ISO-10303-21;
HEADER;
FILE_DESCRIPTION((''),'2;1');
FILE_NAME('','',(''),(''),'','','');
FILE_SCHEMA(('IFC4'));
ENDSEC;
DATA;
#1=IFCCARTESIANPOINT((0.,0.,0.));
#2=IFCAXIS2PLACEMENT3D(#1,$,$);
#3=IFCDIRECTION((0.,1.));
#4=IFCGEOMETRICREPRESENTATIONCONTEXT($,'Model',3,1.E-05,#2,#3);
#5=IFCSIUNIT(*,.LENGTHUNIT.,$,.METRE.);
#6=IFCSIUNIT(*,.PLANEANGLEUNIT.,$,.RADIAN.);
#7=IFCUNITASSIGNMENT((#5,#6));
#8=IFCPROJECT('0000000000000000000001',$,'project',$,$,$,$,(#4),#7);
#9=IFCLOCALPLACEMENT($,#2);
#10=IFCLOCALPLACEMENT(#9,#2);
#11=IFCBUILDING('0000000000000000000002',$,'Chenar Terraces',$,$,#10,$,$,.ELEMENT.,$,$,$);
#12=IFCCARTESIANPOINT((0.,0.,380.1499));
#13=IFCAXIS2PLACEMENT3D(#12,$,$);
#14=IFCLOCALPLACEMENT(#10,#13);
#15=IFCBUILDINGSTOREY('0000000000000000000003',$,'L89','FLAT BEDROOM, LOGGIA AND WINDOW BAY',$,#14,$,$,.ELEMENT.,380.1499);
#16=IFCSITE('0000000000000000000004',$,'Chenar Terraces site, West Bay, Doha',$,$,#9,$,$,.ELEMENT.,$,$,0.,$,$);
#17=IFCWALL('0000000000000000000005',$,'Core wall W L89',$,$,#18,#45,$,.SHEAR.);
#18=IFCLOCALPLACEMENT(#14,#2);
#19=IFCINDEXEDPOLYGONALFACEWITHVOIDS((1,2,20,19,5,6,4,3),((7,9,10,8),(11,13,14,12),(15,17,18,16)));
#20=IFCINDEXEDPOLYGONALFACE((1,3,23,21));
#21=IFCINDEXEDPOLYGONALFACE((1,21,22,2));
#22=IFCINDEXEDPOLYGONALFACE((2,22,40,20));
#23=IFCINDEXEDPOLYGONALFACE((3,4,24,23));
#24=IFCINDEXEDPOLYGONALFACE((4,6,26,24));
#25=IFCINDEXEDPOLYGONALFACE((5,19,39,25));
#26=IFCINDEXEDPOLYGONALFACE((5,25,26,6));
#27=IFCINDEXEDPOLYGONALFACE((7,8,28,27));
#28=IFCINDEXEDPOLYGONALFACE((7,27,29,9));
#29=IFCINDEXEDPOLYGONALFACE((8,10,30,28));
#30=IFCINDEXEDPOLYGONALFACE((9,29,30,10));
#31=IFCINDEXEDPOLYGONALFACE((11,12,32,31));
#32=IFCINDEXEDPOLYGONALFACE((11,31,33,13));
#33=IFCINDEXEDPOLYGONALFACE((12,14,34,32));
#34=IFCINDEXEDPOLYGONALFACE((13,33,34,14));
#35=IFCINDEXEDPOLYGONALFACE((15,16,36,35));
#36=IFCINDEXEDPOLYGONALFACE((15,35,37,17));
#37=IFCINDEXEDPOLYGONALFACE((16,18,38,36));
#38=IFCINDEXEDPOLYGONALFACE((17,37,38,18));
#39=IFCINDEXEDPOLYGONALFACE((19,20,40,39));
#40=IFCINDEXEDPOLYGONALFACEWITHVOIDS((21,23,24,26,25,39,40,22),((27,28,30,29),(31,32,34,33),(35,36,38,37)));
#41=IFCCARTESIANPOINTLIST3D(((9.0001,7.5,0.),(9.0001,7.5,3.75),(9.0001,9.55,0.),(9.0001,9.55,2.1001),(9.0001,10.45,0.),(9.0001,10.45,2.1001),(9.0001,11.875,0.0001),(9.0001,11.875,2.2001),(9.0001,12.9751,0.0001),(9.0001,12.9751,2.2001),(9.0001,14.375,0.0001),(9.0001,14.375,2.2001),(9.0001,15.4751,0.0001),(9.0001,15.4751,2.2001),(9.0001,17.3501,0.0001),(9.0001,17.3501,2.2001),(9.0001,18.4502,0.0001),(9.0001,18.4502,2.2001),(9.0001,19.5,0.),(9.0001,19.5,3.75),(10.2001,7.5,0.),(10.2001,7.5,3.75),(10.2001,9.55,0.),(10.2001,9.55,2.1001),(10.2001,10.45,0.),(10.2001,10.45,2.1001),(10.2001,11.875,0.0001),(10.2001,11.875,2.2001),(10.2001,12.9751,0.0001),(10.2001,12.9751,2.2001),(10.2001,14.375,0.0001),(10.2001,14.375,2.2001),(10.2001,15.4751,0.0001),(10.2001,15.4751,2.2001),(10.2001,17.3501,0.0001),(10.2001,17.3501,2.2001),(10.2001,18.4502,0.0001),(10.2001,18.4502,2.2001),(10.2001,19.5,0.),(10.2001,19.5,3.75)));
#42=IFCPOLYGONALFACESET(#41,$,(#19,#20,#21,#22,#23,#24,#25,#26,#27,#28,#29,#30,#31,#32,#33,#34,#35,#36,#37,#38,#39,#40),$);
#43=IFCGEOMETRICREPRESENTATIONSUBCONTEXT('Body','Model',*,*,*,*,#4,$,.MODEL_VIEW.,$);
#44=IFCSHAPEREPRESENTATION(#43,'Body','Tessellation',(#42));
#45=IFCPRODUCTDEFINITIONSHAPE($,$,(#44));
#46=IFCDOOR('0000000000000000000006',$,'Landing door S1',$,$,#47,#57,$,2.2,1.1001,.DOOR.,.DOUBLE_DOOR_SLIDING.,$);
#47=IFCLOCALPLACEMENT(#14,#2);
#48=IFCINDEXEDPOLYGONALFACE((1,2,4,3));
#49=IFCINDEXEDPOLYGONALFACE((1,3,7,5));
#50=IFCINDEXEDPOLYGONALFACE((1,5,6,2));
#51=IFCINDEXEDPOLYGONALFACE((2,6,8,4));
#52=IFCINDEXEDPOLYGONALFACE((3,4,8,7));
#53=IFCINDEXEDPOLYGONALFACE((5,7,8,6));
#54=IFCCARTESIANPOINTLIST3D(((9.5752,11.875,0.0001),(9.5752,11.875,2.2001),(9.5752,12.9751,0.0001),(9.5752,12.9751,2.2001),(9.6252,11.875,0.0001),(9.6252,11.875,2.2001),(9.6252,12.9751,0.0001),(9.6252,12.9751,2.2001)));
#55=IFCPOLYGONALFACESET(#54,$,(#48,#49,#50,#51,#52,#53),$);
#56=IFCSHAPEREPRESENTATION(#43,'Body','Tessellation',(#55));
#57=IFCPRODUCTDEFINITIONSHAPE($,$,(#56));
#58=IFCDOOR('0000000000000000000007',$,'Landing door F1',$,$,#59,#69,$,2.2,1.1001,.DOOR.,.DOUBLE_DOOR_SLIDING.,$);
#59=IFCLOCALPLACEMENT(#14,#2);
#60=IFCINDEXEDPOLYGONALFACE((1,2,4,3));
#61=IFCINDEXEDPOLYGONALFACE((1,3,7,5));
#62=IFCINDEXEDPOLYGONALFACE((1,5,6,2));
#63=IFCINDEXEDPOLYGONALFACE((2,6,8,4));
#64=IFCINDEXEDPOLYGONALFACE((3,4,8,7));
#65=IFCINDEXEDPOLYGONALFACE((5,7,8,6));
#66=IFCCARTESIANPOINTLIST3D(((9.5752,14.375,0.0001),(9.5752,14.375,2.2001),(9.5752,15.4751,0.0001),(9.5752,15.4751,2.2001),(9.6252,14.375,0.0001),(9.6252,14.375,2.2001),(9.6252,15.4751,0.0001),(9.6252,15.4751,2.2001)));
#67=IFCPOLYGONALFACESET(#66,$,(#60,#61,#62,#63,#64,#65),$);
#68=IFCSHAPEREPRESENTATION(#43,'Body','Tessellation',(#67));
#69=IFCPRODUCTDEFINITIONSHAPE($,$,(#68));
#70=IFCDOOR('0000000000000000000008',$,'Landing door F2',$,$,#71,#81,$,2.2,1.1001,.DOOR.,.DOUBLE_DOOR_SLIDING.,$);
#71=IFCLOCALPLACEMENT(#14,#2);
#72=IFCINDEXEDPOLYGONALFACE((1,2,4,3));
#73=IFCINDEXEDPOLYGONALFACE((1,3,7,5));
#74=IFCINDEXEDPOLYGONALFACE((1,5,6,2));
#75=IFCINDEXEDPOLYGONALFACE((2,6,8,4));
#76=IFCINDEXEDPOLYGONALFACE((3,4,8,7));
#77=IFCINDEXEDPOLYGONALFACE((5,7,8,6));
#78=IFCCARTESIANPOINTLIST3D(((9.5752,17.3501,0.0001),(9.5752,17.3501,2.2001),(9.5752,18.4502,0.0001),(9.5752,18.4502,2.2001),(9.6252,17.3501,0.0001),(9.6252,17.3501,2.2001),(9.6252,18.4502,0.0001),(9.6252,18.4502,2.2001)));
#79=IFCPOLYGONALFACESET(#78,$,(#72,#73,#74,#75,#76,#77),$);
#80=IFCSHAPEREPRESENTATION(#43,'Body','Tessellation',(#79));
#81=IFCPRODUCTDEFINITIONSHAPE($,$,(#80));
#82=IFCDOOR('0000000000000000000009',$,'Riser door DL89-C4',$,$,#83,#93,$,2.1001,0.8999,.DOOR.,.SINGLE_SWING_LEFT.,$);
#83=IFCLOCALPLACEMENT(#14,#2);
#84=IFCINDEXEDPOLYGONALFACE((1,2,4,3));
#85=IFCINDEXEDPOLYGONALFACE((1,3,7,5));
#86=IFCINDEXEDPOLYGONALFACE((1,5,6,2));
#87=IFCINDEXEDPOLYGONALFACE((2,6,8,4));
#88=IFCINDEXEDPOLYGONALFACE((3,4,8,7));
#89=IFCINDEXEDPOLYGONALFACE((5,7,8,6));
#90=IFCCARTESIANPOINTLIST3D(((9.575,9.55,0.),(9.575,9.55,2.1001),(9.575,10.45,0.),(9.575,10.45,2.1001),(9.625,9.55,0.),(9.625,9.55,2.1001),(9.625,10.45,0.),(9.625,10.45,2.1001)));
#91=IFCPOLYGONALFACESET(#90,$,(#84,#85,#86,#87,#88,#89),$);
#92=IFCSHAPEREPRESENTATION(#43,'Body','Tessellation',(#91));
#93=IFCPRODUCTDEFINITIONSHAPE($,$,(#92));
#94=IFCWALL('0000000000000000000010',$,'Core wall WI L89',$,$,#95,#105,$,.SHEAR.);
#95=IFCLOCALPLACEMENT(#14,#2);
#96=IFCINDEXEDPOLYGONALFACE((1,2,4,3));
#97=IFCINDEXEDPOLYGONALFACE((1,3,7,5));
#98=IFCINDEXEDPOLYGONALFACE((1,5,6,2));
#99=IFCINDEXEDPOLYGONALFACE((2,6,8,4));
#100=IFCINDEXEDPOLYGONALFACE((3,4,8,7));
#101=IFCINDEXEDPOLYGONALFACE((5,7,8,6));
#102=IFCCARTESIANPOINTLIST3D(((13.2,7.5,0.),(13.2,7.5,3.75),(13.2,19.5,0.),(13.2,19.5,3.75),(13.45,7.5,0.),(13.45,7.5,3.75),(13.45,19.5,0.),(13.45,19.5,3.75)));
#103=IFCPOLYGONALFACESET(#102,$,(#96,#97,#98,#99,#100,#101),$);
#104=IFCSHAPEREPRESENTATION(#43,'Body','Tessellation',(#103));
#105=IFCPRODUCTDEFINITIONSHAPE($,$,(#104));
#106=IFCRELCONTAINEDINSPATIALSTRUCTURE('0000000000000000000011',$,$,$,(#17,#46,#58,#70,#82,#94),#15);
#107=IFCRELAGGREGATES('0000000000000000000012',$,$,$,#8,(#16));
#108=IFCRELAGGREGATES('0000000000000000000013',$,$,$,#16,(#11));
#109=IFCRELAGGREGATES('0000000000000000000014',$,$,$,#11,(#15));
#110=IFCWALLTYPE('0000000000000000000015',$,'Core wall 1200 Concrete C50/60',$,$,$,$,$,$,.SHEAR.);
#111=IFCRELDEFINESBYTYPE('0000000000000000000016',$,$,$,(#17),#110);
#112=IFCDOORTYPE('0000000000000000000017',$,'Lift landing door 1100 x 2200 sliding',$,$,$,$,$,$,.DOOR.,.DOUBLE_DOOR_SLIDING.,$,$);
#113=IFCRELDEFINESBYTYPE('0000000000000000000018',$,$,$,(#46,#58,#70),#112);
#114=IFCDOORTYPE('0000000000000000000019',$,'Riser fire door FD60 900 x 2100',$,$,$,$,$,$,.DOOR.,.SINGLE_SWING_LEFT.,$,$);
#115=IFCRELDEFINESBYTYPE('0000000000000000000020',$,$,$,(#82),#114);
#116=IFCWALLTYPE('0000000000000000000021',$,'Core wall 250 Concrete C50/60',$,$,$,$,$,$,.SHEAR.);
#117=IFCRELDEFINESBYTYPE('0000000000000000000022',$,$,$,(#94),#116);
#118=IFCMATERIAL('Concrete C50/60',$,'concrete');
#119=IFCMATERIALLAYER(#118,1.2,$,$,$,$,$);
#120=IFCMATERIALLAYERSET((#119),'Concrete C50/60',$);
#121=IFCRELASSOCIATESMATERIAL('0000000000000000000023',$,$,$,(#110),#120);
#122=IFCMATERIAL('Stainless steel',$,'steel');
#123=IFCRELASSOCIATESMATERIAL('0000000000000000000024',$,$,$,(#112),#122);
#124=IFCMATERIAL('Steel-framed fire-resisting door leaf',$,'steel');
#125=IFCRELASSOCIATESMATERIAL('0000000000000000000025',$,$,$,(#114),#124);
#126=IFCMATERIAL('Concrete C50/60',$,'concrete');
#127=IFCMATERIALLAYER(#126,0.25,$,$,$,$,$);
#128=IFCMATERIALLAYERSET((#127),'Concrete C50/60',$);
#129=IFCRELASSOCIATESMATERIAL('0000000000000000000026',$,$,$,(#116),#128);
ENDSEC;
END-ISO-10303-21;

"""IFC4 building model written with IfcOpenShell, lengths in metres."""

from ifc_helpers import new_model, si_unit, direction, frame, frame_2d, origin, place, context, subcontext, project, spatial, rectangle, extrude, material, layer, layer_set, type_object, element, fill, save


model = new_model("IFC4")

# Units and contexts
model_context = context("Model", 3, precision=1e-05, world=origin(), true_north=direction((0.0, 1.0)))
body_context = subcontext(model_context, "Body", "Model", "MODEL_VIEW")
ifc_project = project(units=[si_unit("LENGTHUNIT", "METRE"), si_unit("PLANEANGLEUNIT", "RADIAN")], contexts=[model_context])

# Site, building, storey
site_placement = place(None, origin())
site = spatial("IfcSite", under=ifc_project, at=site_placement, Name="Chenar Terraces site, West Bay, Doha", CompositionType="ELEMENT", RefElevation=0.0)
building_placement = place(site_placement, origin())
building = spatial("IfcBuilding", under=site, at=building_placement, Name="Chenar Terraces", CompositionType="ELEMENT")
storey_placement = place(building_placement, frame((0.0, 0.0, 380.1499)))
storey = spatial("IfcBuildingStorey", under=building, at=storey_placement, Name="L89", Description="FLAT BEDROOM, LOGGIA AND WINDOW BAY", CompositionType="ELEMENT", Elevation=380.1499)

# Wall, openings, doors
ifc_material_1 = material(Name="Concrete C50/60", Category="concrete")
ifc_layer_1 = layer(ifc_material_1, 1.2)
ifc_layer_set_1 = layer_set([ifc_layer_1], Name="Concrete C50/60")
wall_type_1 = type_object("IfcWallType", Name="Core wall 1200 Concrete C50/60", PredefinedType="SHEAR", material=ifc_layer_set_1)
wall_1_placement = place(storey_placement, frame((9.6001, 7.5, 0.0), z_axis=(0.0, 0.0, 1.0), x_axis=(0.0, 1.0, 0.0)))
wall_1 = element("IfcWall", 1, at=wall_1_placement, inside=storey, type_object=wall_type_1, Name="Core wall W L89", PredefinedType="SHEAR", context=body_context, shape_type="SweptSolid", body=[
    extrude(rectangle(XDim=12.0, YDim=1.2, at=frame_2d((6.0, 0.0))), origin(), (0.0, 0.0, 1.0), 3.75),
])
opening_1_placement = place(wall_1_placement, frame((4.375, 0.0, 0.0)))
opening_1 = element("IfcOpeningElement", 2, at=opening_1_placement, cuts=wall_1, PredefinedType="OPENING", context=body_context, shape_type="SweptSolid", body=[
    extrude(rectangle(XDim=1.1001, YDim=2.2, at=frame_2d((0.55, 1.1001))), frame((0.0, 0.6099, 0.0), z_axis=(0.0, -1.0, 0.0), x_axis=(1.0, 0.0, 0.0)), (0.0, 0.0, 1.0), 1.22),
])
opening_2_placement = place(wall_1_placement, frame((6.875, 0.0, 0.0)))
opening_2 = element("IfcOpeningElement", 3, at=opening_2_placement, cuts=wall_1, PredefinedType="OPENING", context=body_context, shape_type="SweptSolid", body=[
    extrude(rectangle(XDim=1.1001, YDim=2.2, at=frame_2d((0.55, 1.1001))), frame((0.0, 0.6099, 0.0), z_axis=(0.0, -1.0, 0.0), x_axis=(1.0, 0.0, 0.0)), (0.0, 0.0, 1.0), 1.22),
])
opening_3_placement = place(wall_1_placement, frame((9.8501, 0.0, 0.0)))
opening_3 = element("IfcOpeningElement", 4, at=opening_3_placement, cuts=wall_1, PredefinedType="OPENING", context=body_context, shape_type="SweptSolid", body=[
    extrude(rectangle(XDim=1.1001, YDim=2.2, at=frame_2d((0.55, 1.1001))), frame((0.0, 0.6099, 0.0), z_axis=(0.0, -1.0, 0.0), x_axis=(1.0, 0.0, 0.0)), (0.0, 0.0, 1.0), 1.22),
])
opening_4_placement = place(wall_1_placement, frame((2.05, 0.0, 0.0)))
opening_4 = element("IfcOpeningElement", 5, at=opening_4_placement, cuts=wall_1, PredefinedType="OPENING", context=body_context, shape_type="SweptSolid", body=[
    extrude(rectangle(XDim=0.8999, YDim=2.1001, at=frame_2d((0.45, 1.05))), frame((0.0, 0.6099, 0.0), z_axis=(0.0, -1.0, 0.0), x_axis=(1.0, 0.0, 0.0)), (0.0, 0.0, 1.0), 1.22),
])
ifc_material_2 = material(Name="Stainless steel", Category="steel")
door_type_1 = type_object("IfcDoorType", Name="Lift landing door 1100 x 2200 sliding", OperationType="DOUBLE_DOOR_SLIDING", PredefinedType="DOOR", material=ifc_material_2)
door_1_placement = place(opening_1_placement, origin())
door_1 = element("IfcDoor", 6, at=door_1_placement, inside=storey, type_object=door_type_1, Name="Landing door S1", OperationType="DOUBLE_DOOR_SLIDING", OverallHeight=2.2, OverallWidth=1.1001, PredefinedType="DOOR", context=body_context, shape_type="SweptSolid", body=[
    extrude(rectangle(XDim=1.1001, YDim=2.2, at=frame_2d((0.55, 1.1001))), frame((0.0, 0.0249, 0.0), z_axis=(0.0, -1.0, 0.0), x_axis=(1.0, 0.0, 0.0)), (0.0, 0.0, 1.0), 0.05),
])
fill(opening_1, door_1)
door_2_placement = place(opening_2_placement, origin())
door_2 = element("IfcDoor", 7, at=door_2_placement, inside=storey, type_object=door_type_1, Name="Landing door F1", OperationType="DOUBLE_DOOR_SLIDING", OverallHeight=2.2, OverallWidth=1.1001, PredefinedType="DOOR", context=body_context, shape_type="SweptSolid", body=[
    extrude(rectangle(XDim=1.1001, YDim=2.2, at=frame_2d((0.55, 1.1001))), frame((0.0, 0.0249, 0.0), z_axis=(0.0, -1.0, 0.0), x_axis=(1.0, 0.0, 0.0)), (0.0, 0.0, 1.0), 0.05),
])
fill(opening_2, door_2)
door_3_placement = place(opening_3_placement, origin())
door_3 = element("IfcDoor", 8, at=door_3_placement, inside=storey, type_object=door_type_1, Name="Landing door F2", OperationType="DOUBLE_DOOR_SLIDING", OverallHeight=2.2, OverallWidth=1.1001, PredefinedType="DOOR", context=body_context, shape_type="SweptSolid", body=[
    extrude(rectangle(XDim=1.1001, YDim=2.2, at=frame_2d((0.55, 1.1001))), frame((0.0, 0.0249, 0.0), z_axis=(0.0, -1.0, 0.0), x_axis=(1.0, 0.0, 0.0)), (0.0, 0.0, 1.0), 0.05),
])
fill(opening_3, door_3)
ifc_material_3 = material(Name="Steel-framed fire-resisting door leaf", Category="steel")
door_type_2 = type_object("IfcDoorType", Name="Riser fire door FD60 900 x 2100", OperationType="SINGLE_SWING_LEFT", PredefinedType="DOOR", material=ifc_material_3)
door_4_placement = place(opening_4_placement, frame((0.8999, 0.0, 0.0), z_axis=(0.0, 0.0, 1.0), x_axis=(-1.0, 0.0, 0.0)))
door_4 = element("IfcDoor", 9, at=door_4_placement, inside=storey, type_object=door_type_2, Name="Riser door DL89-C4", OperationType="SINGLE_SWING_LEFT", OverallHeight=2.1001, OverallWidth=0.8999, PredefinedType="DOOR", context=body_context, shape_type="SweptSolid", body=[
    extrude(rectangle(XDim=0.8999, YDim=2.1001, at=frame_2d((0.45, 1.05))), frame((0.0, 0.0249, 0.0), z_axis=(0.0, -1.0, 0.0), x_axis=(1.0, 0.0, 0.0)), (0.0, 0.0, 1.0), 0.05),
])
fill(opening_4, door_4)

# Wall
ifc_material_4 = material(Name="Concrete C50/60", Category="concrete")
ifc_layer_2 = layer(ifc_material_4, 0.25)
ifc_layer_set_2 = layer_set([ifc_layer_2], Name="Concrete C50/60")
wall_type_2 = type_object("IfcWallType", Name="Core wall 250 Concrete C50/60", PredefinedType="SHEAR", material=ifc_layer_set_2)
wall_2_placement = place(storey_placement, frame((13.325, 7.5, 0.0), z_axis=(0.0, 0.0, 1.0), x_axis=(0.0, 1.0, 0.0)))
element("IfcWall", 10, at=wall_2_placement, inside=storey, type_object=wall_type_2, Name="Core wall WI L89", PredefinedType="SHEAR", context=body_context, shape_type="SweptSolid", body=[
    extrude(rectangle(XDim=12.0, YDim=0.25, at=frame_2d((6.0, 0.0))), origin(), (0.0, 0.0, 1.0), 3.75),
])

save(model, "model.ifc")
